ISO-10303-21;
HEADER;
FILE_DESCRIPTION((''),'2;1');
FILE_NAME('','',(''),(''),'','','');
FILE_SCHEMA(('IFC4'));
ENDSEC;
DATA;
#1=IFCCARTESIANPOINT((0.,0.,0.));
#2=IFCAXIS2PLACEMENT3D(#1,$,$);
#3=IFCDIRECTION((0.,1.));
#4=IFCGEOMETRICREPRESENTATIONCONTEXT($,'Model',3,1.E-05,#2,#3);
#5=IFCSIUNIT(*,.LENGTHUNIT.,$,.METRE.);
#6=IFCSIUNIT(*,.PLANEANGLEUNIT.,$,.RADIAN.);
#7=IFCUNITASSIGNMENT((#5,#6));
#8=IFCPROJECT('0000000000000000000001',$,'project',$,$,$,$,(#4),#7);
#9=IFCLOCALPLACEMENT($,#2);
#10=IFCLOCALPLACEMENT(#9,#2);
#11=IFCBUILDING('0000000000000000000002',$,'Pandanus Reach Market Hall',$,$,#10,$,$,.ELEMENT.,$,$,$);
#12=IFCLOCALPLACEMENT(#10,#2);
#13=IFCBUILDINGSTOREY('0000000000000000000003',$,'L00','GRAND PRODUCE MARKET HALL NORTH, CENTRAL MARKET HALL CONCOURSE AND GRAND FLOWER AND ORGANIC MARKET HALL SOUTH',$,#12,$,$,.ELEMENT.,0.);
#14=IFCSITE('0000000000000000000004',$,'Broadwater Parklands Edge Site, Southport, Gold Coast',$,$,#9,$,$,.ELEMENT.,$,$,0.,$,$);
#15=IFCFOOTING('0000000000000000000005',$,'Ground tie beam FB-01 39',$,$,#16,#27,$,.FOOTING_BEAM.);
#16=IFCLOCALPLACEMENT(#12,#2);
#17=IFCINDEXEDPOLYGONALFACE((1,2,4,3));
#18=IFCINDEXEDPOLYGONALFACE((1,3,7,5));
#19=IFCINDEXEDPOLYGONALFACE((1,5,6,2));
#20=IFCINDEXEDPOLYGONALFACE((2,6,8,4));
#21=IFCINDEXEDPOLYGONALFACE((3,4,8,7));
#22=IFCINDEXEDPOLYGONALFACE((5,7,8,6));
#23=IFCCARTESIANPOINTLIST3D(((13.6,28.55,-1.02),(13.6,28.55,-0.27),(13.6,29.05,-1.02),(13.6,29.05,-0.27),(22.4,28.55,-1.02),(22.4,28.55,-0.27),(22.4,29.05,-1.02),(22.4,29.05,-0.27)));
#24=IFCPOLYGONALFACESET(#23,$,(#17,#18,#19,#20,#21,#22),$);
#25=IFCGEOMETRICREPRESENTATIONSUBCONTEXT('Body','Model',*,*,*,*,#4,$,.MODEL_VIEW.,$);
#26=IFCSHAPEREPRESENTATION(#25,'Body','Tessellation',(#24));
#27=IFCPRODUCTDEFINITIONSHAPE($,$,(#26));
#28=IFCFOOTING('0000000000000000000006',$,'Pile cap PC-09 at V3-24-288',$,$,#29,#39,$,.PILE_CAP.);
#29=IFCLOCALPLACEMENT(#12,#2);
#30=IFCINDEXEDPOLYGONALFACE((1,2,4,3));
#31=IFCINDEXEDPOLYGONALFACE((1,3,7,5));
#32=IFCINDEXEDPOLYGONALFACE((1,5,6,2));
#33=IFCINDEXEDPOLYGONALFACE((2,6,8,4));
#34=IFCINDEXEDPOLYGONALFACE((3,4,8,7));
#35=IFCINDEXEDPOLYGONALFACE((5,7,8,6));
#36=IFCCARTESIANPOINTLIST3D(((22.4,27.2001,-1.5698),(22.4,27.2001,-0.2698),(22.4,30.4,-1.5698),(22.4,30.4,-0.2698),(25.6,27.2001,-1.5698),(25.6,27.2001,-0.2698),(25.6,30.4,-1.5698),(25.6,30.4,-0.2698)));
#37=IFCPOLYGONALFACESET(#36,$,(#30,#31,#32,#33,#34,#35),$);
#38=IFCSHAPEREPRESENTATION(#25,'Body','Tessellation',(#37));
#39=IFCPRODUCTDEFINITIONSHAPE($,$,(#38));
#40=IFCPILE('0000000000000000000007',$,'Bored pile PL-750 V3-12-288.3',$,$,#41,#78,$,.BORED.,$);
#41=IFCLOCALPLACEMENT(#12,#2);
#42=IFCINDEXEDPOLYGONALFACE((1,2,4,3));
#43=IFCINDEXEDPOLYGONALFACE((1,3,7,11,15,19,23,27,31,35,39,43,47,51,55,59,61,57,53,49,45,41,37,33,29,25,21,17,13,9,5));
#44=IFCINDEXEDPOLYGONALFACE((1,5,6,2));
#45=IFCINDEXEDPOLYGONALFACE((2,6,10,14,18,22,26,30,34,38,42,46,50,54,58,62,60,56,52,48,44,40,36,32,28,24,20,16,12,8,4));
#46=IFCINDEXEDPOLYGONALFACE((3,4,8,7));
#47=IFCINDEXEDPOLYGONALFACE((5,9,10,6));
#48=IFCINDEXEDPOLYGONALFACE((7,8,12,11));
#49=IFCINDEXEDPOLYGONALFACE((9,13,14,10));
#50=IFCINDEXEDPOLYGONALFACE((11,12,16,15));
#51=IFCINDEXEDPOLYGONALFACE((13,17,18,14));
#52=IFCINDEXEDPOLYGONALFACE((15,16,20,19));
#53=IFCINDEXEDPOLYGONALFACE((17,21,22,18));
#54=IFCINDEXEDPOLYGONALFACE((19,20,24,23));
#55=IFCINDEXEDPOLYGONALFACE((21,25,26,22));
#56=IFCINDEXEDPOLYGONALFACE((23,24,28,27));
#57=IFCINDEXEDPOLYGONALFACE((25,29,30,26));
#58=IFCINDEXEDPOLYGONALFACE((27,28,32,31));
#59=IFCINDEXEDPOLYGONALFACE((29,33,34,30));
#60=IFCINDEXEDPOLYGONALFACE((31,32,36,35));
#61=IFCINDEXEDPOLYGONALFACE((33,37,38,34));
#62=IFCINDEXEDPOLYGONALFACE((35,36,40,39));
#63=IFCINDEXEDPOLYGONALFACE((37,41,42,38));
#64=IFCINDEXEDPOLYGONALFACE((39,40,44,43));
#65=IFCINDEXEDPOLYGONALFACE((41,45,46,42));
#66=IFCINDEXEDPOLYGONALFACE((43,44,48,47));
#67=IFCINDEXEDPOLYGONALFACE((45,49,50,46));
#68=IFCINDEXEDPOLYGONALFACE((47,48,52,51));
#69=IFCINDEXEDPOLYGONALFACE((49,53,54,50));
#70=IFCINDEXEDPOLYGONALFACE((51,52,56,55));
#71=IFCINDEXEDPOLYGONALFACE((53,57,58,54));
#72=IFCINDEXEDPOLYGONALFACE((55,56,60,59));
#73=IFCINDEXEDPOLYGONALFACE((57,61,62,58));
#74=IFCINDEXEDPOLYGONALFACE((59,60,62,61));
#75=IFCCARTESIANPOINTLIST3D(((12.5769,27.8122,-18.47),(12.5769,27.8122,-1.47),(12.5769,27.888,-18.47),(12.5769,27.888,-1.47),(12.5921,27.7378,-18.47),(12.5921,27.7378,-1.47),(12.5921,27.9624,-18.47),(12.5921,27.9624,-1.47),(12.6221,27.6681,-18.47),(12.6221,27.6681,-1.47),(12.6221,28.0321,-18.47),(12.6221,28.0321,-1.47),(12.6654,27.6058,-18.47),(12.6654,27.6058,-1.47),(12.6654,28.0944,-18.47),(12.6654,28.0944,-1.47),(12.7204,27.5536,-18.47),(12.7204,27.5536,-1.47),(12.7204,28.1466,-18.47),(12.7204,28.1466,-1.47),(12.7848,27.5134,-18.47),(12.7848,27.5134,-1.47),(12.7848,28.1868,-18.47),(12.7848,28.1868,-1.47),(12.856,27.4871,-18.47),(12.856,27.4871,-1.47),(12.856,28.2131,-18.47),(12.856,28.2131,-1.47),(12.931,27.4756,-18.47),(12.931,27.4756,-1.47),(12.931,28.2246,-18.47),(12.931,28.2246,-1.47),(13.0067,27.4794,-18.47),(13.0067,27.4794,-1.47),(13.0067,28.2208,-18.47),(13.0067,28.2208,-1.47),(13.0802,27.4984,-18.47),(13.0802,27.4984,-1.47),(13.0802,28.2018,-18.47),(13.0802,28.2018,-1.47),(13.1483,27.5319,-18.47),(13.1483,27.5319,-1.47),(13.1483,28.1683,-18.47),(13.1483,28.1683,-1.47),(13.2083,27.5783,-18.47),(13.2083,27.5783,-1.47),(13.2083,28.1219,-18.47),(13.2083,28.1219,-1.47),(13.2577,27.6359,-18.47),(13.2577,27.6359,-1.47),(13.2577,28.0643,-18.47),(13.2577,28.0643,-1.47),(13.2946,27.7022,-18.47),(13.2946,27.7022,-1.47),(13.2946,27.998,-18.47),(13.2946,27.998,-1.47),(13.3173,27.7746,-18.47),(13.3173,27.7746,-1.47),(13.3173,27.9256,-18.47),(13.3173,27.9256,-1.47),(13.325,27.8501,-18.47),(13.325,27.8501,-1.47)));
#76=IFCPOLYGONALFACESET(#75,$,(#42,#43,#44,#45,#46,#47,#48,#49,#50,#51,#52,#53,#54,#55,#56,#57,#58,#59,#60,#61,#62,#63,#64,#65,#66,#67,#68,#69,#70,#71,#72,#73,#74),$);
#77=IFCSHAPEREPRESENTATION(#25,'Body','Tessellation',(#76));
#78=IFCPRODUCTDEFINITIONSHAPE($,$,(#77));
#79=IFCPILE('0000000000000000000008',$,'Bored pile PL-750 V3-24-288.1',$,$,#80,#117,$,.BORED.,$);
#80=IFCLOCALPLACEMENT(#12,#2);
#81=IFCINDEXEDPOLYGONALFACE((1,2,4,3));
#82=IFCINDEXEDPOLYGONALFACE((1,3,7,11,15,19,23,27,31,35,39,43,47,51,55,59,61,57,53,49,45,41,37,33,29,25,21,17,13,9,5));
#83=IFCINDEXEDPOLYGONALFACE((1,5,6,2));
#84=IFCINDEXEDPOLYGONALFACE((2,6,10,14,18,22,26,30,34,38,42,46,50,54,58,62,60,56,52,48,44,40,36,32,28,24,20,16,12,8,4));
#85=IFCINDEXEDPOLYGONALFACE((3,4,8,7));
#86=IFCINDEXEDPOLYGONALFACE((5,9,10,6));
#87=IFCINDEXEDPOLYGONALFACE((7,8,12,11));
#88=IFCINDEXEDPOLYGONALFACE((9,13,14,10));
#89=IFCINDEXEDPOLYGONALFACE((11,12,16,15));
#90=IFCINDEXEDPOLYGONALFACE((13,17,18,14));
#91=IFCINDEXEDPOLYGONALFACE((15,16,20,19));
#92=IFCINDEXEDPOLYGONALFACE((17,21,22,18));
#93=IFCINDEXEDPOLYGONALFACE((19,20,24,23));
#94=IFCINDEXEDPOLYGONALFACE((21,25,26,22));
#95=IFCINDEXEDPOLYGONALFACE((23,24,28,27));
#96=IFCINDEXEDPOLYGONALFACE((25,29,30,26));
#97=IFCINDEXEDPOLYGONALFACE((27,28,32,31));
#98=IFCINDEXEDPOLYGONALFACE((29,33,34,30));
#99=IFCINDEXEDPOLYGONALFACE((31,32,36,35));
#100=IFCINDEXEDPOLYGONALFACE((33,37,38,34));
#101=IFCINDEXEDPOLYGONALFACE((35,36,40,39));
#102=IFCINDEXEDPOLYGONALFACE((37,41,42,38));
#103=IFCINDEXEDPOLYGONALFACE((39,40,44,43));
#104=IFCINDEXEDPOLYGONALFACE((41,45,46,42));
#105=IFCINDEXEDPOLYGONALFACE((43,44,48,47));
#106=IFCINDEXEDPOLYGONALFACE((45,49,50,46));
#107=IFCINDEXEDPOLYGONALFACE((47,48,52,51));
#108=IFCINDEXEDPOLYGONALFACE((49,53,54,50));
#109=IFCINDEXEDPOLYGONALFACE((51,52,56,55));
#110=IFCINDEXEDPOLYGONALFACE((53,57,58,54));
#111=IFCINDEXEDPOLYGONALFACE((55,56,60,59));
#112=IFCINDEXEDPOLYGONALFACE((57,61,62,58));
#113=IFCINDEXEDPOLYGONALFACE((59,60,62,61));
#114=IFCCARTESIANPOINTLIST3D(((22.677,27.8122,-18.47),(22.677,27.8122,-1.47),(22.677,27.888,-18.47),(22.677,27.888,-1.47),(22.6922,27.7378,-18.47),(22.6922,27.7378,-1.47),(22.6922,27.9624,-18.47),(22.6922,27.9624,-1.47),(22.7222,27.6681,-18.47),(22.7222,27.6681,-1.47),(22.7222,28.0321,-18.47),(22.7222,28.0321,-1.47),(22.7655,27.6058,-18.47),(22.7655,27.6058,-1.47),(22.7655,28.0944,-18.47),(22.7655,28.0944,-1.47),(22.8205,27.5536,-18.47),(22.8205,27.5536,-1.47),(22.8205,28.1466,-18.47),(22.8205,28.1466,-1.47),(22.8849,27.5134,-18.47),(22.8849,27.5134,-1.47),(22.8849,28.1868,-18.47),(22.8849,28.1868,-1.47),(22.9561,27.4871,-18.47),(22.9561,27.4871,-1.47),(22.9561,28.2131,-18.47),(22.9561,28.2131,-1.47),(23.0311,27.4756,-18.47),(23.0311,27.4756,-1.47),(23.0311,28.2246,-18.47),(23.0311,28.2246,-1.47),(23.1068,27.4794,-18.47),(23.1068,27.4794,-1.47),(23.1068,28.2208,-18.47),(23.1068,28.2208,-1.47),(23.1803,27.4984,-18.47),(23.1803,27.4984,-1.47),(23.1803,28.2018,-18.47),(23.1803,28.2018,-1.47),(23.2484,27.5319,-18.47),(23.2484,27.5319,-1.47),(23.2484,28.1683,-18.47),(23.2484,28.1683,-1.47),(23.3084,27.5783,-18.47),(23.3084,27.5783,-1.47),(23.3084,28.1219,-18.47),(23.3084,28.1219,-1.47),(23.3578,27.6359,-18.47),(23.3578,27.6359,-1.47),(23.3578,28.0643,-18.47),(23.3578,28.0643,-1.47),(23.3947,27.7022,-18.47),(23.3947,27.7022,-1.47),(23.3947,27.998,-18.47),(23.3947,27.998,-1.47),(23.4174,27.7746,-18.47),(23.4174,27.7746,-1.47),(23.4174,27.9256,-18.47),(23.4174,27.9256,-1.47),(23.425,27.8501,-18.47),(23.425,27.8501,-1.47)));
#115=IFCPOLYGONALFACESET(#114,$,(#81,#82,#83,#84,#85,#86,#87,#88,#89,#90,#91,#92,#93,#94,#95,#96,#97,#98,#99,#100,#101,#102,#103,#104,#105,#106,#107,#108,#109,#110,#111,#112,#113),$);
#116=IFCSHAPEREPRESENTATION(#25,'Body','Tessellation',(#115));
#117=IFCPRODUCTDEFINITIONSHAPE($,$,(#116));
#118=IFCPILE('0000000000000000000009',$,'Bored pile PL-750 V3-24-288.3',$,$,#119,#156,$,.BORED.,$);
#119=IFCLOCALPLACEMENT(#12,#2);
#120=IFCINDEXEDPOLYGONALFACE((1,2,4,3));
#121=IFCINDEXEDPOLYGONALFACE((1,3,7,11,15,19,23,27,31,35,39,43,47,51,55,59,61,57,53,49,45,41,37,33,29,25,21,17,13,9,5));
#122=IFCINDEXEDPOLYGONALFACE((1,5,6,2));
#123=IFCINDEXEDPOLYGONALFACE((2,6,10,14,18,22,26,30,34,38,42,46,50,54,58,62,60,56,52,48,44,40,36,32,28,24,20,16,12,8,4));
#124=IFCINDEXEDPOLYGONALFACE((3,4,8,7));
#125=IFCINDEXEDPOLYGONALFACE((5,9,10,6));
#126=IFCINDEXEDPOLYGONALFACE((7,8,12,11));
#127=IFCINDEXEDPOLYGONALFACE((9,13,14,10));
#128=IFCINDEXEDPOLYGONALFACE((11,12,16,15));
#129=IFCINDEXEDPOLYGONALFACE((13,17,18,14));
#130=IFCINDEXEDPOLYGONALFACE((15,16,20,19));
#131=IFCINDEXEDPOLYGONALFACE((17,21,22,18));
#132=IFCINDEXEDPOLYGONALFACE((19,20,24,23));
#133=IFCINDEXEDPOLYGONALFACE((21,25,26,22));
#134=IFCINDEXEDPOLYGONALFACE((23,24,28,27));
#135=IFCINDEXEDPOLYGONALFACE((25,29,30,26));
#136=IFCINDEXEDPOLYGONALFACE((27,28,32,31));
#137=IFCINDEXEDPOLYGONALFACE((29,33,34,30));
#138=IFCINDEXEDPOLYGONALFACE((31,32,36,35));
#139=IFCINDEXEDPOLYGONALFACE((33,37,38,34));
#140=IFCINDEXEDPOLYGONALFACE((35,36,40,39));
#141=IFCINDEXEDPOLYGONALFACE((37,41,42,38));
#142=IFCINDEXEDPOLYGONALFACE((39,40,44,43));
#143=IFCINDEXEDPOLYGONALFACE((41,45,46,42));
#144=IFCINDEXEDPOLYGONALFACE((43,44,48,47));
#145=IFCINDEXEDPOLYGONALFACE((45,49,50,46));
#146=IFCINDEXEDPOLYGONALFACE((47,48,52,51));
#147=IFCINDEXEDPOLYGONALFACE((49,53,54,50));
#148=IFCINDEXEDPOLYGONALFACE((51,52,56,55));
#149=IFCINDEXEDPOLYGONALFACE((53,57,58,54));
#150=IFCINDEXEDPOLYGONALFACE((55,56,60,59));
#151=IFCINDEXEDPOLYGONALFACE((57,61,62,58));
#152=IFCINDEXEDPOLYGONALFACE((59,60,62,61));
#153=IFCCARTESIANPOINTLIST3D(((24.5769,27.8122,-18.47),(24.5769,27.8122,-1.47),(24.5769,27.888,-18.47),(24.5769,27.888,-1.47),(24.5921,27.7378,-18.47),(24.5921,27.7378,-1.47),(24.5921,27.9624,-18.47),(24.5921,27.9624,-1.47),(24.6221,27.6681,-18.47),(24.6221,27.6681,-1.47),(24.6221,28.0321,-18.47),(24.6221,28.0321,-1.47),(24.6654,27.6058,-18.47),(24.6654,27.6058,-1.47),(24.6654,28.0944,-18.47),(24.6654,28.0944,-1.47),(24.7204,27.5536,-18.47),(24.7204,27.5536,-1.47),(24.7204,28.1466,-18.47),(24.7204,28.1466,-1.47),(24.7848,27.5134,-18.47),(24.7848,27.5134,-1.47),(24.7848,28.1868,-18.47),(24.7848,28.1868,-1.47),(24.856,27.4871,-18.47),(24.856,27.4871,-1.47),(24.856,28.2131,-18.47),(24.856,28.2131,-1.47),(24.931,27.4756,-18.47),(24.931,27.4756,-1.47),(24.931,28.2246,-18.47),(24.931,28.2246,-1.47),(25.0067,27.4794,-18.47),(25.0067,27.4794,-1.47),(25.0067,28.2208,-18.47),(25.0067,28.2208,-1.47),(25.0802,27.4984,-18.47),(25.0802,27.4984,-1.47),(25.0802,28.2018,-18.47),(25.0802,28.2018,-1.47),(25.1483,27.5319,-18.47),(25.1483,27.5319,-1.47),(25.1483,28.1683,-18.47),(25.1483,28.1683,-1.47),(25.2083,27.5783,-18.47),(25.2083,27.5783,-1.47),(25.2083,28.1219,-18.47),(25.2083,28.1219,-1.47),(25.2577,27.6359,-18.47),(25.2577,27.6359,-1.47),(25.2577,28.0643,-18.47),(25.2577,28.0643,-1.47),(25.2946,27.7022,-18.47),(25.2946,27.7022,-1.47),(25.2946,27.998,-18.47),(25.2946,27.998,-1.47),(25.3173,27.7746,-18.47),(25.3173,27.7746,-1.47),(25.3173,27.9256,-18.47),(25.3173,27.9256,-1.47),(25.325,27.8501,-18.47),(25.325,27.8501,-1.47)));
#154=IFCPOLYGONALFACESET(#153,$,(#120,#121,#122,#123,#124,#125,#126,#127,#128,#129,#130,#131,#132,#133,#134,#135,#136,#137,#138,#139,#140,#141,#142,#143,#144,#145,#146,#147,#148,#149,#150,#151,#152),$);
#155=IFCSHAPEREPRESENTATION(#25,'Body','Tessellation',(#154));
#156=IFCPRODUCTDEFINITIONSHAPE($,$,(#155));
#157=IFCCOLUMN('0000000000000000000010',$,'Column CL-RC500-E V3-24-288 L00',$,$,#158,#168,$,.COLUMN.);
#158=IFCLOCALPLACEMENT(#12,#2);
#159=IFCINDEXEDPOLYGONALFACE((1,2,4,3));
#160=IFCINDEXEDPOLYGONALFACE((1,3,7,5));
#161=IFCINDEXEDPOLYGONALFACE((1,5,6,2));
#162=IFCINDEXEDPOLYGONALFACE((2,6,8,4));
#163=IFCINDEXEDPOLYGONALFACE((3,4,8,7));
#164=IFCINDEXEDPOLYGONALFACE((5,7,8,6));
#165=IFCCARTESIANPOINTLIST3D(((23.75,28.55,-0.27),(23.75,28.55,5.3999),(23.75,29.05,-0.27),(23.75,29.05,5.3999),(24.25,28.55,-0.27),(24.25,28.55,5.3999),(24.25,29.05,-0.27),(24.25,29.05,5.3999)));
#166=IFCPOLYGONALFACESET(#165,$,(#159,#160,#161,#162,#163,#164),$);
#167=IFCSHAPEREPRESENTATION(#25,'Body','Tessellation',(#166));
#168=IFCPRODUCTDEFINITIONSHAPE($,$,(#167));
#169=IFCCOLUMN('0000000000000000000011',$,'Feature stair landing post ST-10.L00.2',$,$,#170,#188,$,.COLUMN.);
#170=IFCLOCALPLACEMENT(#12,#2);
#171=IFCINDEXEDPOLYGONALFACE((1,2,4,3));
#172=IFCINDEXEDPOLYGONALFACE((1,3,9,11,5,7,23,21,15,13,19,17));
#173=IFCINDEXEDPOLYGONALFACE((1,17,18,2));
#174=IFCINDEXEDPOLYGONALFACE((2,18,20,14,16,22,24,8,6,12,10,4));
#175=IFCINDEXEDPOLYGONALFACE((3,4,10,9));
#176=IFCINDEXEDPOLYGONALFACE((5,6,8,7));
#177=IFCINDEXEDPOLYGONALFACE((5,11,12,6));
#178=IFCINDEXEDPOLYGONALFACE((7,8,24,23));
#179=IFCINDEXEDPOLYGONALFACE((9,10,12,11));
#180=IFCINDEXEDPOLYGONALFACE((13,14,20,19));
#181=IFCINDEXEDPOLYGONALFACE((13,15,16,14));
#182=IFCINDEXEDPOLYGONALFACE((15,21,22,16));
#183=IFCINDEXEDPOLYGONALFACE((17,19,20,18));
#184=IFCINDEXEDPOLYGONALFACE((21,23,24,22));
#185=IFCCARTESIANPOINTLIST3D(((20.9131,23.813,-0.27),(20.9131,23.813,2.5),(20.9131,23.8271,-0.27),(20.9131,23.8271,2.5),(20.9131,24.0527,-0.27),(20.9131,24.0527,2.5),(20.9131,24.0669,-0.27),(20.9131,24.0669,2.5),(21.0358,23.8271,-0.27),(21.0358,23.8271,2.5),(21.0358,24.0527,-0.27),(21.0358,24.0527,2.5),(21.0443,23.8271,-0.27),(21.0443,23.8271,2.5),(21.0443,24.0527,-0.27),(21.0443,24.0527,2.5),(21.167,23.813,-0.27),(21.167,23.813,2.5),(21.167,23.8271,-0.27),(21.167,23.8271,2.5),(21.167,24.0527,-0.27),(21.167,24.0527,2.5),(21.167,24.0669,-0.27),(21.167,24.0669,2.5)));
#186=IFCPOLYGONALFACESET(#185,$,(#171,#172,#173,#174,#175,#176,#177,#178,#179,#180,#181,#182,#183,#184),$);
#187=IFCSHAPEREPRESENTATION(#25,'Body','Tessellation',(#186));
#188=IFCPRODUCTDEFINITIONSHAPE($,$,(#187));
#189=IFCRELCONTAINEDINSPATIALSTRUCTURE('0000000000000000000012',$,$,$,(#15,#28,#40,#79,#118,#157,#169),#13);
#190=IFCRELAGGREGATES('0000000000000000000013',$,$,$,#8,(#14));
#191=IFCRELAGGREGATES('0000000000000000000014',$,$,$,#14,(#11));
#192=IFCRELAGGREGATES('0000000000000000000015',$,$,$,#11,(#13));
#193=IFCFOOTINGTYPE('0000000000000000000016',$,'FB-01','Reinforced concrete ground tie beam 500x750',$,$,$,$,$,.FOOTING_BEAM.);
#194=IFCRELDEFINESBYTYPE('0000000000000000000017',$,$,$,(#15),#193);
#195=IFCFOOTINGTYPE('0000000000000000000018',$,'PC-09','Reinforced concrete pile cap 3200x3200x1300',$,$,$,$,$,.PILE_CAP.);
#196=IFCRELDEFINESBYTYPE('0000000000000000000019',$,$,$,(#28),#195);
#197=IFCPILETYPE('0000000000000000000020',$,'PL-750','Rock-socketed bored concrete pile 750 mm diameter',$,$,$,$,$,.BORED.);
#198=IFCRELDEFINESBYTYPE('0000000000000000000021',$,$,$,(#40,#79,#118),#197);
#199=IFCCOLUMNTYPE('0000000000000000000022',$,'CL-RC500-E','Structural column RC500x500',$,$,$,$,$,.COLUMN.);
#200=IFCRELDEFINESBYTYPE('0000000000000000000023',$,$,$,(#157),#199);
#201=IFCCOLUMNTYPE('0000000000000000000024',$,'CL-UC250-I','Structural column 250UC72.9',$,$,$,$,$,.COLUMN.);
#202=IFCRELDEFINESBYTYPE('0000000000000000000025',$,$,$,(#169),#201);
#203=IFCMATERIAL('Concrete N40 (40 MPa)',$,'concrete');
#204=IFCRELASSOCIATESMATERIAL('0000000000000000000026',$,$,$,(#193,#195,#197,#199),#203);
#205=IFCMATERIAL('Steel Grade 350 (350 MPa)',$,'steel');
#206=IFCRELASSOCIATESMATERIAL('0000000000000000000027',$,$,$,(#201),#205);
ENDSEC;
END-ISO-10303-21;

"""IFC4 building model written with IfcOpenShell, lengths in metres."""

from ifc_helpers import new_model, si_unit, direction, frame, origin, origin_2d, place, context, subcontext, project, spatial, rectangle, circle, i_section, extrude, material, material_profile, profile_set, type_object, element, save


model = new_model("IFC4")

# Units and contexts
model_context = context("Model", 3, precision=1e-05, world=origin(), true_north=direction((0.0, 1.0)))
body_context = subcontext(model_context, "Body", "Model", "MODEL_VIEW")
ifc_project = project(units=[si_unit("LENGTHUNIT", "METRE"), si_unit("PLANEANGLEUNIT", "RADIAN")], contexts=[model_context])

# Site, building, storey
site_placement = place(None, origin())
site = spatial("IfcSite", under=ifc_project, at=site_placement, Name="Broadwater Parklands Edge Site, Southport, Gold Coast", CompositionType="ELEMENT", RefElevation=0.0)
building_placement = place(site_placement, origin())
building = spatial("IfcBuilding", under=site, at=building_placement, Name="Pandanus Reach Market Hall", CompositionType="ELEMENT")
storey_placement = place(building_placement, origin())
storey = spatial("IfcBuildingStorey", under=building, at=storey_placement, Name="L00", Description="GRAND PRODUCE MARKET HALL NORTH, CENTRAL MARKET HALL CONCOURSE AND GRAND FLOWER AND ORGANIC MARKET HALL SOUTH", CompositionType="ELEMENT", Elevation=0.0)

# Footings
ifc_material_1 = material(Name="Concrete N40 (40 MPa)", Category="concrete")
footing_type_1 = type_object("IfcFootingType", Name="FB-01", Description="Reinforced concrete ground tie beam 500x750", PredefinedType="FOOTING_BEAM", material=ifc_material_1)
footing_1_placement = place(storey_placement, frame((18.0, 28.8, -1.02), z_axis=(0.0, 0.0, 1.0), x_axis=(1.0, 0.0, 0.0)))
element("IfcFooting", 1, at=footing_1_placement, inside=storey, type_object=footing_type_1, Name="Ground tie beam FB-01 39", PredefinedType="FOOTING_BEAM", context=body_context, shape_type="SweptSolid", body=[
    extrude(rectangle(XDim=8.8, YDim=0.5, at=origin_2d()), origin(), (0.0, 0.0, 1.0), 0.75),
])
footing_type_2 = type_object("IfcFootingType", Name="PC-09", Description="Reinforced concrete pile cap 3200x3200x1300", PredefinedType="PILE_CAP", material=ifc_material_1)
footing_2_placement = place(storey_placement, frame((24.0, 28.8, -1.5698), z_axis=(0.0, 0.0, 1.0), x_axis=(1.0, 0.0, 0.0)))
element("IfcFooting", 2, at=footing_2_placement, inside=storey, type_object=footing_type_2, Name="Pile cap PC-09 at V3-24-288", PredefinedType="PILE_CAP", context=body_context, shape_type="SweptSolid", body=[
    extrude(rectangle(XDim=3.2, YDim=3.2, at=origin_2d()), origin(), (0.0, 0.0, 1.0), 1.3),
])

# Piles
ifc_material_profile_1 = material_profile(ifc_material_1, circle(Radius=0.375, at=origin_2d()), Name="PILE-750D", Category="LoadBearing")
ifc_profile_set_1 = profile_set([ifc_material_profile_1], Name="Concrete N40 (40 MPa)")
pile_type = type_object("IfcPileType", Name="PL-750", Description="Rock-socketed bored concrete pile 750 mm diameter", PredefinedType="BORED", material=ifc_profile_set_1)
for number, where, z_axis, x_axis, name in (
    (3, (12.95, 27.8501, -1.47), (0.0, 0.0, -1.0), (1.0, 0.0, 0.0), "Bored pile PL-750 V3-12-288.3"),
    (4, (23.05, 27.8501, -1.47), (0.0, 0.0, -1.0), (1.0, 0.0, 0.0), "Bored pile PL-750 V3-24-288.1"),
    (5, (24.95, 27.8501, -1.47), (0.0, 0.0, -1.0), (1.0, 0.0, 0.0), "Bored pile PL-750 V3-24-288.3"),
):
    element("IfcPile", number, at=place(storey_placement, frame(where, z_axis=z_axis, x_axis=x_axis)), inside=storey, type_object=pile_type, Name=name, PredefinedType="BORED", context=body_context, shape_type="SweptSolid", body=[
        extrude(circle(Radius=0.375, at=origin_2d()), origin(), (0.0, 0.0, 1.0), 17.0),
    ])

# Columns
ifc_material_profile_2 = material_profile(ifc_material_1, rectangle(XDim=0.5, YDim=0.5, at=origin_2d()), Name="RC500x500", Category="LoadBearing")
ifc_profile_set_2 = profile_set([ifc_material_profile_2], Name="Concrete N40 (40 MPa)")
column_type_1 = type_object("IfcColumnType", Name="CL-RC500-E", Description="Structural column RC500x500", PredefinedType="COLUMN", material=ifc_profile_set_2)
column_1_placement = place(storey_placement, frame((24.0, 28.8, -0.27), z_axis=(0.0, 0.0, 1.0), x_axis=(1.0, 0.0, 0.0)))
element("IfcColumn", 6, at=column_1_placement, inside=storey, type_object=column_type_1, Name="Column CL-RC500-E V3-24-288 L00", PredefinedType="COLUMN", context=body_context, shape_type="SweptSolid", body=[
    extrude(rectangle(XDim=0.5, YDim=0.5, at=origin_2d()), origin(), (0.0, 0.0, 1.0), 5.6699),
])
ifc_material_2 = material(Name="Steel Grade 350 (350 MPa)", Category="steel")
ifc_material_profile_3 = material_profile(ifc_material_2, i_section(OverallWidth=0.2539, OverallDepth=0.2539, WebThickness=0.0085, FlangeThickness=0.0142, at=origin_2d()), Name="250UC72.9", Category="LoadBearing")
ifc_profile_set_3 = profile_set([ifc_material_profile_3], Name="Steel Grade 350 (350 MPa)")
column_type_2 = type_object("IfcColumnType", Name="CL-UC250-I", Description="Structural column 250UC72.9", PredefinedType="COLUMN", material=ifc_profile_set_3)
column_2_placement = place(storey_placement, frame((21.04, 23.9399, -0.27), z_axis=(0.0, 0.0, 1.0), x_axis=(1.0, 0.0, 0.0)))
element("IfcColumn", 7, at=column_2_placement, inside=storey, type_object=column_type_2, Name="Feature stair landing post ST-10.L00.2", PredefinedType="COLUMN", context=body_context, shape_type="SweptSolid", body=[
    extrude(i_section(OverallWidth=0.2539, OverallDepth=0.2539, WebThickness=0.0085, FlangeThickness=0.0142, at=origin_2d()), origin(), (0.0, 0.0, 1.0), 2.77),
])

save(model, "model.ifc")
